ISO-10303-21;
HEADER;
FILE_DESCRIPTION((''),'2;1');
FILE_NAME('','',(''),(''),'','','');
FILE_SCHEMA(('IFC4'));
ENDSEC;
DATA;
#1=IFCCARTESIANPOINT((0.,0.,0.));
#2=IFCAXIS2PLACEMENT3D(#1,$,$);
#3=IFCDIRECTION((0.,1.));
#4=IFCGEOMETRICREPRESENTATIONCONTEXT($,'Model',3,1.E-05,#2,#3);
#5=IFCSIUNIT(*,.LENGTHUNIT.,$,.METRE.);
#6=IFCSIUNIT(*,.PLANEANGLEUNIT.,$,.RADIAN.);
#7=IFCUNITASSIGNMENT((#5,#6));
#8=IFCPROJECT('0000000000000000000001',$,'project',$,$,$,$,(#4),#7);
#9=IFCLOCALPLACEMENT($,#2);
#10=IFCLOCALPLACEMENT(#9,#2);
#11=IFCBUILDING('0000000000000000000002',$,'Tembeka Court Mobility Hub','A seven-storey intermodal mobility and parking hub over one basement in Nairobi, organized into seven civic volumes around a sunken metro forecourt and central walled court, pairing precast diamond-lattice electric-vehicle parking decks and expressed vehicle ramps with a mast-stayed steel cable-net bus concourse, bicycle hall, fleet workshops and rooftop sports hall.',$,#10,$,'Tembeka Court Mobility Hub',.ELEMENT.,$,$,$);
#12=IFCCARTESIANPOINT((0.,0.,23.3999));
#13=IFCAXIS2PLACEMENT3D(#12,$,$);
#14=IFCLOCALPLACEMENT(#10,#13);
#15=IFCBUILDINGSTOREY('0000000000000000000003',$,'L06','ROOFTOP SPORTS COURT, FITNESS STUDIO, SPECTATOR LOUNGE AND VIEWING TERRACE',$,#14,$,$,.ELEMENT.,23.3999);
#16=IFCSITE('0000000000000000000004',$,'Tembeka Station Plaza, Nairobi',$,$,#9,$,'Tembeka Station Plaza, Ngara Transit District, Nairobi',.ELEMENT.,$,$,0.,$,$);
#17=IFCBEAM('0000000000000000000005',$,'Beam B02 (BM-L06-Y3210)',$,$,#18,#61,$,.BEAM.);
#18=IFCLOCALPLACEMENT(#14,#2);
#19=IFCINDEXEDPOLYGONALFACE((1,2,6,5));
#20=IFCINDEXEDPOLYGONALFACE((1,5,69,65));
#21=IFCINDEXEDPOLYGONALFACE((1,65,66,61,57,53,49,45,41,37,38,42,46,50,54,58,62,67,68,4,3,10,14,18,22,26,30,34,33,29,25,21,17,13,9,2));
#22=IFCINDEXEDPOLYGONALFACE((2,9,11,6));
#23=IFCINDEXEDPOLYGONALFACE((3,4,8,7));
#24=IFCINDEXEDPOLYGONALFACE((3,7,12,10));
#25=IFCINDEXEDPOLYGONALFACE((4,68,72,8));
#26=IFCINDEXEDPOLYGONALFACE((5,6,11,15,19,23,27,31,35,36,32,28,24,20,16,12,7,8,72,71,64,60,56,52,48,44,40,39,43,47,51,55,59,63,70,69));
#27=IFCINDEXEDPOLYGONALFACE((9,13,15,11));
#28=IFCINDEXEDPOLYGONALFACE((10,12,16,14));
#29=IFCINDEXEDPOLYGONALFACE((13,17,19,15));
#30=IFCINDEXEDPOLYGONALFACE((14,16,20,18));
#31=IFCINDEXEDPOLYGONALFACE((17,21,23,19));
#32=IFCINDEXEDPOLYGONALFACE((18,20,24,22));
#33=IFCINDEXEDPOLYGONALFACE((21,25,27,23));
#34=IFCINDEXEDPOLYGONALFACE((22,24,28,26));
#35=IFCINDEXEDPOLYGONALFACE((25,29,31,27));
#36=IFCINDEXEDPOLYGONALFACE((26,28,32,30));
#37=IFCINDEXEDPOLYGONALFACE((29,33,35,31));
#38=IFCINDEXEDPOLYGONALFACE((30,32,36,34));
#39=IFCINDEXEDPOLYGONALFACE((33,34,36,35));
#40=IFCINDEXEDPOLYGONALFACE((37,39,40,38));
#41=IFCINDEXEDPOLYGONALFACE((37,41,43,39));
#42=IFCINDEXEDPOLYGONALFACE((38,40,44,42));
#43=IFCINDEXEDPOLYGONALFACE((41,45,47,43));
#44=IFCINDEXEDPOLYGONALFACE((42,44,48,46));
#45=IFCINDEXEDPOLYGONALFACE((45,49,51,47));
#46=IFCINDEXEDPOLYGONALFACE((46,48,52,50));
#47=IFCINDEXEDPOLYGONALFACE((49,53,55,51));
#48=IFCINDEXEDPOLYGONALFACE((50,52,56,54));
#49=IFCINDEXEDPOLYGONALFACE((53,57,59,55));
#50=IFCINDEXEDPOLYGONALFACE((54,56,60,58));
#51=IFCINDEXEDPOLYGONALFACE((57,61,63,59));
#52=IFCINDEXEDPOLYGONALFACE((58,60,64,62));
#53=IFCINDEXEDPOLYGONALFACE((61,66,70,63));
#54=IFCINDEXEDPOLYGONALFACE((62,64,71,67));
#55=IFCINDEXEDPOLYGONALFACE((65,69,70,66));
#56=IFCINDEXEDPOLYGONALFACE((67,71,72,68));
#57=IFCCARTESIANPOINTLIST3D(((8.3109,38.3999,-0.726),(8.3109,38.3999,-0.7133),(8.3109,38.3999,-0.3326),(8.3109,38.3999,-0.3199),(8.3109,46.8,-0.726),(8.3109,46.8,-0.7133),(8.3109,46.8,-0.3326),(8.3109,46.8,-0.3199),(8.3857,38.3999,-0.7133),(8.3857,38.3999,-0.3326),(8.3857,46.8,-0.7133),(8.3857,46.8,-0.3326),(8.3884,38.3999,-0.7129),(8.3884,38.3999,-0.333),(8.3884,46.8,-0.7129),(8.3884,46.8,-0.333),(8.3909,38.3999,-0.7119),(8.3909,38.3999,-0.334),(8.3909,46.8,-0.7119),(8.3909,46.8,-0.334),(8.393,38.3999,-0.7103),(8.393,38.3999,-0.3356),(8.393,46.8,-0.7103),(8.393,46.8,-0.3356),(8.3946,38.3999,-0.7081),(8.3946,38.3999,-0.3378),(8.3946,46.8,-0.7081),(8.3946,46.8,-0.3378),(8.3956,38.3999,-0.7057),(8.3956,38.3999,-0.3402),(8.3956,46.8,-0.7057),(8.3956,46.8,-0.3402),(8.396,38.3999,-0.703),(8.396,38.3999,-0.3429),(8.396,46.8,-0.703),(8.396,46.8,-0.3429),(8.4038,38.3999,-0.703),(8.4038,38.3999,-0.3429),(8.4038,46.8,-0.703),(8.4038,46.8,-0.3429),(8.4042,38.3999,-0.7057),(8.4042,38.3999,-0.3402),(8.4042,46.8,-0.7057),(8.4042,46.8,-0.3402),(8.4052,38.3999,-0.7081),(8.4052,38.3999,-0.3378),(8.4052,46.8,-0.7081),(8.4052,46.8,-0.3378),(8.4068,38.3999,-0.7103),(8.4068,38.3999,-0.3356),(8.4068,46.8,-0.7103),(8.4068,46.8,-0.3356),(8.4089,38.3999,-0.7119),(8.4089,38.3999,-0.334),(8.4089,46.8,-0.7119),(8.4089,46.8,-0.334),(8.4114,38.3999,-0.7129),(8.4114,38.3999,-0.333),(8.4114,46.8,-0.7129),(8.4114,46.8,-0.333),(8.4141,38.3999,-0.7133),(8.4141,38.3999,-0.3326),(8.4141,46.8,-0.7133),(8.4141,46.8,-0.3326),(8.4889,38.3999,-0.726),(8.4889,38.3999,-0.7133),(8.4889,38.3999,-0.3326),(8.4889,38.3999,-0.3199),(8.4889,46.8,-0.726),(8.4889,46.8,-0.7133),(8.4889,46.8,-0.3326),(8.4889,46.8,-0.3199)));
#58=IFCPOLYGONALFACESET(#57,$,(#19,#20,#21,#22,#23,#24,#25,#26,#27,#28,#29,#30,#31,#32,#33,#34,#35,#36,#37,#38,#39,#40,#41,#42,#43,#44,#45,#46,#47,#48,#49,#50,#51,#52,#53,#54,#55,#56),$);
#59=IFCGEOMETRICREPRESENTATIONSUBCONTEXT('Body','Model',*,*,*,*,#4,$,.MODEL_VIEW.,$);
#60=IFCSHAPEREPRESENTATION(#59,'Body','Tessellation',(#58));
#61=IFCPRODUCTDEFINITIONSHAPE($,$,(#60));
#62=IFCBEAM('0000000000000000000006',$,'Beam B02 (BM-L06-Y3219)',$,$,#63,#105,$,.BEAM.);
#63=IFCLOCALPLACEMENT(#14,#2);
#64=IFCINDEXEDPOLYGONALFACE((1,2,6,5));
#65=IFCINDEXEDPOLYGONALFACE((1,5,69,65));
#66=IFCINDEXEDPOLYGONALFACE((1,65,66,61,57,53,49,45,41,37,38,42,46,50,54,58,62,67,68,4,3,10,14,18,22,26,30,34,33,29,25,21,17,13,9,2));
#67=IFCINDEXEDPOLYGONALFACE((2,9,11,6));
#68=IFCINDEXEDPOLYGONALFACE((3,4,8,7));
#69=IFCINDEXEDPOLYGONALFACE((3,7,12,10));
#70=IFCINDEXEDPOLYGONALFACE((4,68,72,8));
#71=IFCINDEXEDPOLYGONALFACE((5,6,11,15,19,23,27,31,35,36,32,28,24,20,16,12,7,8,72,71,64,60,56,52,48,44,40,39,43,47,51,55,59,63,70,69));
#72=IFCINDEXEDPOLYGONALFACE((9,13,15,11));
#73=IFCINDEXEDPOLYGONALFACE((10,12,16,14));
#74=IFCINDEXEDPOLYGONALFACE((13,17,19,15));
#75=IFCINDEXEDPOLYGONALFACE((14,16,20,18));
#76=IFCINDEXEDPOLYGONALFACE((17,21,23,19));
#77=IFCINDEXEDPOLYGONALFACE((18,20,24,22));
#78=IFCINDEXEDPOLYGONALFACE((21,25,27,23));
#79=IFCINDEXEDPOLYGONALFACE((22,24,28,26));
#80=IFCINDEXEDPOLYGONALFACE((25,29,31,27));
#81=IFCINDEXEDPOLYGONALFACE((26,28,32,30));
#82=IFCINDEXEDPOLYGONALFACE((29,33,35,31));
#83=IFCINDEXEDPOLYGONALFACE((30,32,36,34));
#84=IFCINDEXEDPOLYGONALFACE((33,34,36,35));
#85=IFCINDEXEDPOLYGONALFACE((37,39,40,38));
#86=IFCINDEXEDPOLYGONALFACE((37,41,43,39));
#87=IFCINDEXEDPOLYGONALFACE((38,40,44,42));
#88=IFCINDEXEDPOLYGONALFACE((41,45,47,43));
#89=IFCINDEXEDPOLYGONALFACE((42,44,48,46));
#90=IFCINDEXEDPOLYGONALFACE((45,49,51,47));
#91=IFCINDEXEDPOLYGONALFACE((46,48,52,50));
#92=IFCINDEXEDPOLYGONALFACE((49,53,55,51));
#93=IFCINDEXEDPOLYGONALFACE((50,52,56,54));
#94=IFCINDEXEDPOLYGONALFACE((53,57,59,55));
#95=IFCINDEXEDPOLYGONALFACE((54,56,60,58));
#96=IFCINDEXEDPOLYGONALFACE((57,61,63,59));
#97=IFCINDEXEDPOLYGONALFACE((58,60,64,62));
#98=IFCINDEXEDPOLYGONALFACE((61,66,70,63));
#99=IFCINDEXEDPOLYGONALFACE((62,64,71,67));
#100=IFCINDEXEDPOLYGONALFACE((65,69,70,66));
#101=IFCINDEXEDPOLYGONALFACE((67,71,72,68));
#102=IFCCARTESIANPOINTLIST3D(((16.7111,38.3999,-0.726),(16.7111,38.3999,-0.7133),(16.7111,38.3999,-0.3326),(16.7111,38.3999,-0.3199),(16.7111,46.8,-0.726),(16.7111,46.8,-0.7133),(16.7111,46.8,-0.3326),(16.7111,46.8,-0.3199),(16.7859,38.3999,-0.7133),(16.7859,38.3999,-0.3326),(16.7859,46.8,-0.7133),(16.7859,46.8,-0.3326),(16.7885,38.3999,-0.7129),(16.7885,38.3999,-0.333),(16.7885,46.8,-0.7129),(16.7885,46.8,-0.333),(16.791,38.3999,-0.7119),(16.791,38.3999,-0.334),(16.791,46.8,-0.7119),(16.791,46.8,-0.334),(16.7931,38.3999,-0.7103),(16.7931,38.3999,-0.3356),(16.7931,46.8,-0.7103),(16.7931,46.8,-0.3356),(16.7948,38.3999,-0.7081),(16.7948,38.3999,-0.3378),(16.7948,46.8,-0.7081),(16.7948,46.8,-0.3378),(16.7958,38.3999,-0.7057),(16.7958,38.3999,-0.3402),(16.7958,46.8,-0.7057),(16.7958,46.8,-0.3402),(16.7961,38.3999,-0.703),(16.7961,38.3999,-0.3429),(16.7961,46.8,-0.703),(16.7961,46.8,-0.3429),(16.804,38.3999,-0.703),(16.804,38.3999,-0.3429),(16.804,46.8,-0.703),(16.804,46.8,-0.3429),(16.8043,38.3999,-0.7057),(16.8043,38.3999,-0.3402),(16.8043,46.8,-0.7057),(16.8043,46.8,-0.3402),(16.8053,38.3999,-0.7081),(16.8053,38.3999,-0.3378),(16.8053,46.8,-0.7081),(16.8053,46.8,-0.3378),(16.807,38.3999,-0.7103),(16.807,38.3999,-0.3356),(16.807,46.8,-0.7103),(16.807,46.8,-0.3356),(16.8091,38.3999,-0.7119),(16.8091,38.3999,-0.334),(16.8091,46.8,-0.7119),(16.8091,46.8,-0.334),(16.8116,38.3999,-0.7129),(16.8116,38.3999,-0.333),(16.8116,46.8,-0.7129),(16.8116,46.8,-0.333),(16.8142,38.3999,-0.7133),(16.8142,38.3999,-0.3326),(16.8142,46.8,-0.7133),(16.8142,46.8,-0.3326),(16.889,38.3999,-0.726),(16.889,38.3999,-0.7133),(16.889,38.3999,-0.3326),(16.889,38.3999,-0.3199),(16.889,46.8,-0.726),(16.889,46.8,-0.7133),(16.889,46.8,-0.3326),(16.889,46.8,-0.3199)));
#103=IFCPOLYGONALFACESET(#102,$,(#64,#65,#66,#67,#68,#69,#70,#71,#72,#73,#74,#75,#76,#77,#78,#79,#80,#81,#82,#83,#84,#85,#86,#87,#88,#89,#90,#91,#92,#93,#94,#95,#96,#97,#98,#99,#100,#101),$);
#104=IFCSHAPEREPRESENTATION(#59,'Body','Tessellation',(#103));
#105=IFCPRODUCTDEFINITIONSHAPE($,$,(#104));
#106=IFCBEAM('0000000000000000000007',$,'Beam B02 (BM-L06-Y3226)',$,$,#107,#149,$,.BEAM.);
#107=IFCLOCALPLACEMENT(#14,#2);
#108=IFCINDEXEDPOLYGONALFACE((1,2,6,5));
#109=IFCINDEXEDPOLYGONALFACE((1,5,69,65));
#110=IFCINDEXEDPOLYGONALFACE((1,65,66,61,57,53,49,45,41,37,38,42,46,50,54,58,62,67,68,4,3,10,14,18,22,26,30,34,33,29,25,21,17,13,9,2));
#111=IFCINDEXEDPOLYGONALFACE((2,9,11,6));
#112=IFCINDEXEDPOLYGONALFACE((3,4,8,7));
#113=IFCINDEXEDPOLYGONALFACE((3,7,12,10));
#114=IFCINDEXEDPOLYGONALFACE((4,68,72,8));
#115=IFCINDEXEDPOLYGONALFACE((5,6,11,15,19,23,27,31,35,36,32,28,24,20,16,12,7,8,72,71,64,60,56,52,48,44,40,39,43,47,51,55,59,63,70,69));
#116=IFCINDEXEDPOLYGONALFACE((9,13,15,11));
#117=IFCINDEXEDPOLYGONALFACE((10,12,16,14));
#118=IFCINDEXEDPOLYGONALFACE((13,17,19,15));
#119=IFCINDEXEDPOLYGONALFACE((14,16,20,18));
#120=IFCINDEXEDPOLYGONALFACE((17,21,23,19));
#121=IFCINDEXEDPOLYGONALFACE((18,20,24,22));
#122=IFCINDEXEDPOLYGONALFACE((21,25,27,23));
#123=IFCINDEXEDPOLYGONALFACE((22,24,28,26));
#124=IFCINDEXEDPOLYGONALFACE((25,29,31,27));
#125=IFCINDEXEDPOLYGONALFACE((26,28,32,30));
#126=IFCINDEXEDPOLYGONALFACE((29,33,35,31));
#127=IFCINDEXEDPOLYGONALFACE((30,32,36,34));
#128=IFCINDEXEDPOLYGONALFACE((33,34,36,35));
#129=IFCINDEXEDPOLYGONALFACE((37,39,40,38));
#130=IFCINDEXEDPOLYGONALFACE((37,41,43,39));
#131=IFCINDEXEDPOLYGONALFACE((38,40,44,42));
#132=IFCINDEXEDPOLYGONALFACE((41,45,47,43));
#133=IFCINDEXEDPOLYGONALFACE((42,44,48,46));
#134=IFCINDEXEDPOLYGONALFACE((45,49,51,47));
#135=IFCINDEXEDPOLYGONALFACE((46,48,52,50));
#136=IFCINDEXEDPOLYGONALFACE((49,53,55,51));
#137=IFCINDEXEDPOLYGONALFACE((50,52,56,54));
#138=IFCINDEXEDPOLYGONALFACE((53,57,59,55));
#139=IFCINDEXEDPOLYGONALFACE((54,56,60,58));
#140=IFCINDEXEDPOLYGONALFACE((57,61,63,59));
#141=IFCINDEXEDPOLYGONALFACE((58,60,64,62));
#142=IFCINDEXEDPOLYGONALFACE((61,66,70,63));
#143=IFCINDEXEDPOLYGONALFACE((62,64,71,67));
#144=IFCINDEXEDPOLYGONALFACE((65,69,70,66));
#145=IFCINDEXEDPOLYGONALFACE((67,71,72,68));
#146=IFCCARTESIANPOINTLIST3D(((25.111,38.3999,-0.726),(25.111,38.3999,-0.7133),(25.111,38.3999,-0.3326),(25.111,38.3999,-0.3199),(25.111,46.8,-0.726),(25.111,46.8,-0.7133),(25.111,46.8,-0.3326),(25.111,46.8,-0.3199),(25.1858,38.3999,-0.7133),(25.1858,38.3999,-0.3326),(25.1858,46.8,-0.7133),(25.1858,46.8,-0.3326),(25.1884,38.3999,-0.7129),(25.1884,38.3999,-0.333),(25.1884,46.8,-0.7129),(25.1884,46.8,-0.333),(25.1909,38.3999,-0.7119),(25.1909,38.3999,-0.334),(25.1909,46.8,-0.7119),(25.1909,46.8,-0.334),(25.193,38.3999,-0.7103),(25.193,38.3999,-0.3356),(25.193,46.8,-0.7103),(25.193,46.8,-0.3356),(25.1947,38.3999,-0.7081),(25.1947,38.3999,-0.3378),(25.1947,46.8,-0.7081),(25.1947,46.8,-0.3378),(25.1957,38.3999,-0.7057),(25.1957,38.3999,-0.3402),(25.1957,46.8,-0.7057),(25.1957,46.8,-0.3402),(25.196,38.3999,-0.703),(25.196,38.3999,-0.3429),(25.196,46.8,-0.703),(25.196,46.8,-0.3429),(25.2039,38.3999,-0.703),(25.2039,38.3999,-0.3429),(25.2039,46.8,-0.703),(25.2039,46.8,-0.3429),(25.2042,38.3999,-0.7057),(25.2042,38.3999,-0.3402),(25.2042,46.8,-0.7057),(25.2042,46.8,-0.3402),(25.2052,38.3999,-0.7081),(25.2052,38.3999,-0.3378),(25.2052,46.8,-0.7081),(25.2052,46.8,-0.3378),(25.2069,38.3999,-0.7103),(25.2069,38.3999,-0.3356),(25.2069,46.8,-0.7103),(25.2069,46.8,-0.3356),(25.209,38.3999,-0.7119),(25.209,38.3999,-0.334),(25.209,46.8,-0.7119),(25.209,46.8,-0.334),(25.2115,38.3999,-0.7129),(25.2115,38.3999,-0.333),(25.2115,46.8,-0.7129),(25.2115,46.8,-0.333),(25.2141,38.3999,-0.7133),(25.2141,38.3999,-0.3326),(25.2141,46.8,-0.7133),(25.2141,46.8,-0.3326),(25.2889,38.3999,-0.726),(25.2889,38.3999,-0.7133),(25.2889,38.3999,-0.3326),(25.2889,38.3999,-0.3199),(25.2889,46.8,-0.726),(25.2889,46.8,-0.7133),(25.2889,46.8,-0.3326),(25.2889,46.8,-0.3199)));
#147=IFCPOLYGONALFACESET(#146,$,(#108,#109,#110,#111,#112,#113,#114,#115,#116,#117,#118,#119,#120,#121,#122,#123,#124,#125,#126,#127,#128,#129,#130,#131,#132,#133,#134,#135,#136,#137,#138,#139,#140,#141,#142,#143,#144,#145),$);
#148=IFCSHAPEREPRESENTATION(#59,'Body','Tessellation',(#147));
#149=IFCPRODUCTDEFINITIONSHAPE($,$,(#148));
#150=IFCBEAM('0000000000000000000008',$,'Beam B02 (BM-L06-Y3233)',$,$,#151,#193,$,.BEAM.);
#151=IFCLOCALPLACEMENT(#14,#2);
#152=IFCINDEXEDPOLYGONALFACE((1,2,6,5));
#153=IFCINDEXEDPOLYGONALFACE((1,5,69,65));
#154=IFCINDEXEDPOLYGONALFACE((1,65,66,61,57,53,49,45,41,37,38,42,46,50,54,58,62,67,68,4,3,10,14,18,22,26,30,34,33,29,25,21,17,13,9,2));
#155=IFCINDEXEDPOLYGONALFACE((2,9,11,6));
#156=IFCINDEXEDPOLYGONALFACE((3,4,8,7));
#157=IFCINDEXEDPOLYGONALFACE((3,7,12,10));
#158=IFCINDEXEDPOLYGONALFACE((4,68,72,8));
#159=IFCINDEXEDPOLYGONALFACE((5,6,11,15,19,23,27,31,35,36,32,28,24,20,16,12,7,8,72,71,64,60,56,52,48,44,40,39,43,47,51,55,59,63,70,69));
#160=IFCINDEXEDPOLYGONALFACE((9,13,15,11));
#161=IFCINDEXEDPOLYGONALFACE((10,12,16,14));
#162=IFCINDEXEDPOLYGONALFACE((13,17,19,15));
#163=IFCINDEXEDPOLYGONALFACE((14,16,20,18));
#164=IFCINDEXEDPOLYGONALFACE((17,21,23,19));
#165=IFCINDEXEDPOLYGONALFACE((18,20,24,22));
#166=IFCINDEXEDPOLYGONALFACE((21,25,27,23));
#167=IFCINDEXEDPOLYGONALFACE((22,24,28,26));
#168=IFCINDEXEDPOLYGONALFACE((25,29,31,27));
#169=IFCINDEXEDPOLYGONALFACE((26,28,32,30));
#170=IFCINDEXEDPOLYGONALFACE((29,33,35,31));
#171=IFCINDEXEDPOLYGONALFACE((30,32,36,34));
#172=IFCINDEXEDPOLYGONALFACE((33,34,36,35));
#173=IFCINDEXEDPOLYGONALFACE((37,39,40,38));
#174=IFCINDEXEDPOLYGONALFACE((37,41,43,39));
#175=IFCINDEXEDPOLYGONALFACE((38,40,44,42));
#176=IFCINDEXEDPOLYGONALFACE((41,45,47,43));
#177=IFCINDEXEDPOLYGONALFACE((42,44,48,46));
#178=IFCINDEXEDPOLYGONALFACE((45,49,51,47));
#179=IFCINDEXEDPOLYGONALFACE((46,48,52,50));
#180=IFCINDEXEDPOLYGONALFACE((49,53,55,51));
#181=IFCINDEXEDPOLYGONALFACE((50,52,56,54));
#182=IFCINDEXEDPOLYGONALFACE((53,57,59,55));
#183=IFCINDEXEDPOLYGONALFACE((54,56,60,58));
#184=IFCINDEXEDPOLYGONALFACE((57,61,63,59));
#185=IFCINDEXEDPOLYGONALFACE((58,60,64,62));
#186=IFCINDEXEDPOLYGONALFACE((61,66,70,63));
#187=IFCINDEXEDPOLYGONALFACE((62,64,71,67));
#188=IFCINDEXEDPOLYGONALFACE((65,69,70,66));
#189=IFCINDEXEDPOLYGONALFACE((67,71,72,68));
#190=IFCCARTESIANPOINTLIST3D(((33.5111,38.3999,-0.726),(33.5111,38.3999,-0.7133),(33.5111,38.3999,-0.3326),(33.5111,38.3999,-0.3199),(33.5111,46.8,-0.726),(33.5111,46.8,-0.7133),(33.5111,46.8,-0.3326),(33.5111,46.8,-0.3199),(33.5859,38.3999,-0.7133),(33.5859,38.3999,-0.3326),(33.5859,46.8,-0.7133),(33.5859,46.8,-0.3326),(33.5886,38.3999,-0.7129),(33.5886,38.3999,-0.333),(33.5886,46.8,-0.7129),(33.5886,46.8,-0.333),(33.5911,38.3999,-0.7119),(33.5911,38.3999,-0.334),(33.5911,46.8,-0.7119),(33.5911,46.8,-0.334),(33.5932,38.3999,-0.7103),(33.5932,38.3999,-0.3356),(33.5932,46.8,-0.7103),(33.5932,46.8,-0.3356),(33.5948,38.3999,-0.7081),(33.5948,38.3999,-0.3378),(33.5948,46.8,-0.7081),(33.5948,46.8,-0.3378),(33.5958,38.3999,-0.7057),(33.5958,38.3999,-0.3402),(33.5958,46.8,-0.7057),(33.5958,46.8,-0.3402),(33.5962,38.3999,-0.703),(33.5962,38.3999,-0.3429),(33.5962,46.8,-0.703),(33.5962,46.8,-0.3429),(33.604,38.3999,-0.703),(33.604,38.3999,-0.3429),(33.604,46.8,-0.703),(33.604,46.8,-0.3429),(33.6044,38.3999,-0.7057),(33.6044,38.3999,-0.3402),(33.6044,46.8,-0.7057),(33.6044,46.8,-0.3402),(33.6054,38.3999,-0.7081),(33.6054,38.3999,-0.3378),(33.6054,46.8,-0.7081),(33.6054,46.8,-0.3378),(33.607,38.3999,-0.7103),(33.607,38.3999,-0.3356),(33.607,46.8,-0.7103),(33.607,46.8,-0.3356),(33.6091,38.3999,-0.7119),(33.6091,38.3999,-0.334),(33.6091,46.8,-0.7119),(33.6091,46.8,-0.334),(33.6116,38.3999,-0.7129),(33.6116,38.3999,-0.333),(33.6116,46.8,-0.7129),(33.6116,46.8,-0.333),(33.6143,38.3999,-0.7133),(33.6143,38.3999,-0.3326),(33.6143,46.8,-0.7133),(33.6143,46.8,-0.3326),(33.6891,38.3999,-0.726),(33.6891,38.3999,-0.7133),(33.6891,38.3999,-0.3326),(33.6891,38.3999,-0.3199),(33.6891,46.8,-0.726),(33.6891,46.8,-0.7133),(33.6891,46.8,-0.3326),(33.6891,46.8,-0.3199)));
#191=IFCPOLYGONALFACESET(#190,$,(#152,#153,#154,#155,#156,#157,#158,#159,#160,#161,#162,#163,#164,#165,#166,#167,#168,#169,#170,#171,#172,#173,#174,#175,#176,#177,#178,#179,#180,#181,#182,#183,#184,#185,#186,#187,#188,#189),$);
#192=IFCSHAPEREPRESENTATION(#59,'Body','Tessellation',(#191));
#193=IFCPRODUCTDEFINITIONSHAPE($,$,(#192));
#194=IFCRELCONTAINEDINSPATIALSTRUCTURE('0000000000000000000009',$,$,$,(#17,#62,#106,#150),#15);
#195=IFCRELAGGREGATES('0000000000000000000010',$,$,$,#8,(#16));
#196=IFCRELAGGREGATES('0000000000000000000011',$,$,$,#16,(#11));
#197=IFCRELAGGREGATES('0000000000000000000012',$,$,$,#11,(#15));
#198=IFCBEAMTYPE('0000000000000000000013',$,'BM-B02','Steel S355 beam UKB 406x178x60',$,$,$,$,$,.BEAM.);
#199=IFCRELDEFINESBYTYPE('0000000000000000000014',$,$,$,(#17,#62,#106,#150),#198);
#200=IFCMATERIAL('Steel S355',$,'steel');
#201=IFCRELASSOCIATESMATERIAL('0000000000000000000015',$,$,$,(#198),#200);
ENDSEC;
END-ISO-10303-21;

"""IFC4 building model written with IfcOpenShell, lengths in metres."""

from ifc_helpers import new_model, si_unit, direction, frame, origin, origin_2d, place, context, subcontext, project, spatial, i_section, extrude, material, material_profile, profile_set, type_object, element, save


model = new_model("IFC4")

# Units and contexts
model_context = context("Model", 3, precision=1e-05, world=origin(), true_north=direction((0.0, 1.0)))
body_context = subcontext(model_context, "Body", "Model", "MODEL_VIEW")
ifc_project = project(units=[si_unit("LENGTHUNIT", "METRE"), si_unit("PLANEANGLEUNIT", "RADIAN")], contexts=[model_context])

# Site, building, storey
site_placement = place(None, origin())
site = spatial("IfcSite", under=ifc_project, at=site_placement, Name="Tembeka Station Plaza, Nairobi", LongName="Tembeka Station Plaza, Ngara Transit District, Nairobi", CompositionType="ELEMENT", RefElevation=0.0)
building_placement = place(site_placement, origin())
building = spatial("IfcBuilding", under=site, at=building_placement, Name="Tembeka Court Mobility Hub", Description="A seven-storey intermodal mobility and parking hub over one basement in Nairobi, organized into seven civic volumes around a sunken metro forecourt and central walled court, pairing precast diamond-lattice electric-vehicle parking decks and expressed vehicle ramps with a mast-stayed steel cable-net bus concourse, bicycle hall, fleet workshops and rooftop sports hall.", LongName="Tembeka Court Mobility Hub", CompositionType="ELEMENT")
storey_placement = place(building_placement, frame((0.0, 0.0, 23.3999)))
storey = spatial("IfcBuildingStorey", under=building, at=storey_placement, Name="L06", Description="ROOFTOP SPORTS COURT, FITNESS STUDIO, SPECTATOR LOUNGE AND VIEWING TERRACE", CompositionType="ELEMENT", Elevation=23.3999)

# Shared definitions
ifc_material_1 = material(Name="Steel S355", Category="steel")

# Beams
ifc_material_profile_1 = material_profile(ifc_material_1, i_section(OverallWidth=0.178, OverallDepth=0.406, WebThickness=0.0078, FlangeThickness=0.0127, FilletRadius=0.0103, at=origin_2d()), Name="UKB 406x178x60")
ifc_profile_set_1 = profile_set([ifc_material_profile_1], Name="Steel S355")
beam_type_1 = type_object("IfcBeamType", Name="BM-B02", Description="Steel S355 beam UKB 406x178x60", PredefinedType="BEAM", material=ifc_profile_set_1)
for number, where, z_axis, x_axis, name in (
    (1, (8.3999, 38.3999, -0.5229), (0.0, 1.0, 0.0), (-1.0, 0.0, 0.0), "Beam B02 (BM-L06-Y3210)"),
    (2, (16.8, 38.3999, -0.5229), (0.0, 1.0, 0.0), (-1.0, 0.0, 0.0), "Beam B02 (BM-L06-Y3219)"),
    (3, (25.2, 38.3999, -0.5229), (0.0, 1.0, 0.0), (-1.0, 0.0, 0.0), "Beam B02 (BM-L06-Y3226)"),
    (4, (33.6001, 38.3999, -0.5229), (0.0, 1.0, 0.0), (-1.0, 0.0, 0.0), "Beam B02 (BM-L06-Y3233)"),
):
    element("IfcBeam", number, at=place(storey_placement, frame(where, z_axis=z_axis, x_axis=x_axis)), inside=storey, type_object=beam_type_1, Name=name, PredefinedType="BEAM", context=body_context, shape_type="SweptSolid", body=[
        extrude(i_section(OverallWidth=0.178, OverallDepth=0.406, WebThickness=0.0078, FlangeThickness=0.0127, FilletRadius=0.0103, at=origin_2d()), origin(), (0.0, 0.0, 1.0), 8.4001),
    ])

save(model, "model.ifc")
